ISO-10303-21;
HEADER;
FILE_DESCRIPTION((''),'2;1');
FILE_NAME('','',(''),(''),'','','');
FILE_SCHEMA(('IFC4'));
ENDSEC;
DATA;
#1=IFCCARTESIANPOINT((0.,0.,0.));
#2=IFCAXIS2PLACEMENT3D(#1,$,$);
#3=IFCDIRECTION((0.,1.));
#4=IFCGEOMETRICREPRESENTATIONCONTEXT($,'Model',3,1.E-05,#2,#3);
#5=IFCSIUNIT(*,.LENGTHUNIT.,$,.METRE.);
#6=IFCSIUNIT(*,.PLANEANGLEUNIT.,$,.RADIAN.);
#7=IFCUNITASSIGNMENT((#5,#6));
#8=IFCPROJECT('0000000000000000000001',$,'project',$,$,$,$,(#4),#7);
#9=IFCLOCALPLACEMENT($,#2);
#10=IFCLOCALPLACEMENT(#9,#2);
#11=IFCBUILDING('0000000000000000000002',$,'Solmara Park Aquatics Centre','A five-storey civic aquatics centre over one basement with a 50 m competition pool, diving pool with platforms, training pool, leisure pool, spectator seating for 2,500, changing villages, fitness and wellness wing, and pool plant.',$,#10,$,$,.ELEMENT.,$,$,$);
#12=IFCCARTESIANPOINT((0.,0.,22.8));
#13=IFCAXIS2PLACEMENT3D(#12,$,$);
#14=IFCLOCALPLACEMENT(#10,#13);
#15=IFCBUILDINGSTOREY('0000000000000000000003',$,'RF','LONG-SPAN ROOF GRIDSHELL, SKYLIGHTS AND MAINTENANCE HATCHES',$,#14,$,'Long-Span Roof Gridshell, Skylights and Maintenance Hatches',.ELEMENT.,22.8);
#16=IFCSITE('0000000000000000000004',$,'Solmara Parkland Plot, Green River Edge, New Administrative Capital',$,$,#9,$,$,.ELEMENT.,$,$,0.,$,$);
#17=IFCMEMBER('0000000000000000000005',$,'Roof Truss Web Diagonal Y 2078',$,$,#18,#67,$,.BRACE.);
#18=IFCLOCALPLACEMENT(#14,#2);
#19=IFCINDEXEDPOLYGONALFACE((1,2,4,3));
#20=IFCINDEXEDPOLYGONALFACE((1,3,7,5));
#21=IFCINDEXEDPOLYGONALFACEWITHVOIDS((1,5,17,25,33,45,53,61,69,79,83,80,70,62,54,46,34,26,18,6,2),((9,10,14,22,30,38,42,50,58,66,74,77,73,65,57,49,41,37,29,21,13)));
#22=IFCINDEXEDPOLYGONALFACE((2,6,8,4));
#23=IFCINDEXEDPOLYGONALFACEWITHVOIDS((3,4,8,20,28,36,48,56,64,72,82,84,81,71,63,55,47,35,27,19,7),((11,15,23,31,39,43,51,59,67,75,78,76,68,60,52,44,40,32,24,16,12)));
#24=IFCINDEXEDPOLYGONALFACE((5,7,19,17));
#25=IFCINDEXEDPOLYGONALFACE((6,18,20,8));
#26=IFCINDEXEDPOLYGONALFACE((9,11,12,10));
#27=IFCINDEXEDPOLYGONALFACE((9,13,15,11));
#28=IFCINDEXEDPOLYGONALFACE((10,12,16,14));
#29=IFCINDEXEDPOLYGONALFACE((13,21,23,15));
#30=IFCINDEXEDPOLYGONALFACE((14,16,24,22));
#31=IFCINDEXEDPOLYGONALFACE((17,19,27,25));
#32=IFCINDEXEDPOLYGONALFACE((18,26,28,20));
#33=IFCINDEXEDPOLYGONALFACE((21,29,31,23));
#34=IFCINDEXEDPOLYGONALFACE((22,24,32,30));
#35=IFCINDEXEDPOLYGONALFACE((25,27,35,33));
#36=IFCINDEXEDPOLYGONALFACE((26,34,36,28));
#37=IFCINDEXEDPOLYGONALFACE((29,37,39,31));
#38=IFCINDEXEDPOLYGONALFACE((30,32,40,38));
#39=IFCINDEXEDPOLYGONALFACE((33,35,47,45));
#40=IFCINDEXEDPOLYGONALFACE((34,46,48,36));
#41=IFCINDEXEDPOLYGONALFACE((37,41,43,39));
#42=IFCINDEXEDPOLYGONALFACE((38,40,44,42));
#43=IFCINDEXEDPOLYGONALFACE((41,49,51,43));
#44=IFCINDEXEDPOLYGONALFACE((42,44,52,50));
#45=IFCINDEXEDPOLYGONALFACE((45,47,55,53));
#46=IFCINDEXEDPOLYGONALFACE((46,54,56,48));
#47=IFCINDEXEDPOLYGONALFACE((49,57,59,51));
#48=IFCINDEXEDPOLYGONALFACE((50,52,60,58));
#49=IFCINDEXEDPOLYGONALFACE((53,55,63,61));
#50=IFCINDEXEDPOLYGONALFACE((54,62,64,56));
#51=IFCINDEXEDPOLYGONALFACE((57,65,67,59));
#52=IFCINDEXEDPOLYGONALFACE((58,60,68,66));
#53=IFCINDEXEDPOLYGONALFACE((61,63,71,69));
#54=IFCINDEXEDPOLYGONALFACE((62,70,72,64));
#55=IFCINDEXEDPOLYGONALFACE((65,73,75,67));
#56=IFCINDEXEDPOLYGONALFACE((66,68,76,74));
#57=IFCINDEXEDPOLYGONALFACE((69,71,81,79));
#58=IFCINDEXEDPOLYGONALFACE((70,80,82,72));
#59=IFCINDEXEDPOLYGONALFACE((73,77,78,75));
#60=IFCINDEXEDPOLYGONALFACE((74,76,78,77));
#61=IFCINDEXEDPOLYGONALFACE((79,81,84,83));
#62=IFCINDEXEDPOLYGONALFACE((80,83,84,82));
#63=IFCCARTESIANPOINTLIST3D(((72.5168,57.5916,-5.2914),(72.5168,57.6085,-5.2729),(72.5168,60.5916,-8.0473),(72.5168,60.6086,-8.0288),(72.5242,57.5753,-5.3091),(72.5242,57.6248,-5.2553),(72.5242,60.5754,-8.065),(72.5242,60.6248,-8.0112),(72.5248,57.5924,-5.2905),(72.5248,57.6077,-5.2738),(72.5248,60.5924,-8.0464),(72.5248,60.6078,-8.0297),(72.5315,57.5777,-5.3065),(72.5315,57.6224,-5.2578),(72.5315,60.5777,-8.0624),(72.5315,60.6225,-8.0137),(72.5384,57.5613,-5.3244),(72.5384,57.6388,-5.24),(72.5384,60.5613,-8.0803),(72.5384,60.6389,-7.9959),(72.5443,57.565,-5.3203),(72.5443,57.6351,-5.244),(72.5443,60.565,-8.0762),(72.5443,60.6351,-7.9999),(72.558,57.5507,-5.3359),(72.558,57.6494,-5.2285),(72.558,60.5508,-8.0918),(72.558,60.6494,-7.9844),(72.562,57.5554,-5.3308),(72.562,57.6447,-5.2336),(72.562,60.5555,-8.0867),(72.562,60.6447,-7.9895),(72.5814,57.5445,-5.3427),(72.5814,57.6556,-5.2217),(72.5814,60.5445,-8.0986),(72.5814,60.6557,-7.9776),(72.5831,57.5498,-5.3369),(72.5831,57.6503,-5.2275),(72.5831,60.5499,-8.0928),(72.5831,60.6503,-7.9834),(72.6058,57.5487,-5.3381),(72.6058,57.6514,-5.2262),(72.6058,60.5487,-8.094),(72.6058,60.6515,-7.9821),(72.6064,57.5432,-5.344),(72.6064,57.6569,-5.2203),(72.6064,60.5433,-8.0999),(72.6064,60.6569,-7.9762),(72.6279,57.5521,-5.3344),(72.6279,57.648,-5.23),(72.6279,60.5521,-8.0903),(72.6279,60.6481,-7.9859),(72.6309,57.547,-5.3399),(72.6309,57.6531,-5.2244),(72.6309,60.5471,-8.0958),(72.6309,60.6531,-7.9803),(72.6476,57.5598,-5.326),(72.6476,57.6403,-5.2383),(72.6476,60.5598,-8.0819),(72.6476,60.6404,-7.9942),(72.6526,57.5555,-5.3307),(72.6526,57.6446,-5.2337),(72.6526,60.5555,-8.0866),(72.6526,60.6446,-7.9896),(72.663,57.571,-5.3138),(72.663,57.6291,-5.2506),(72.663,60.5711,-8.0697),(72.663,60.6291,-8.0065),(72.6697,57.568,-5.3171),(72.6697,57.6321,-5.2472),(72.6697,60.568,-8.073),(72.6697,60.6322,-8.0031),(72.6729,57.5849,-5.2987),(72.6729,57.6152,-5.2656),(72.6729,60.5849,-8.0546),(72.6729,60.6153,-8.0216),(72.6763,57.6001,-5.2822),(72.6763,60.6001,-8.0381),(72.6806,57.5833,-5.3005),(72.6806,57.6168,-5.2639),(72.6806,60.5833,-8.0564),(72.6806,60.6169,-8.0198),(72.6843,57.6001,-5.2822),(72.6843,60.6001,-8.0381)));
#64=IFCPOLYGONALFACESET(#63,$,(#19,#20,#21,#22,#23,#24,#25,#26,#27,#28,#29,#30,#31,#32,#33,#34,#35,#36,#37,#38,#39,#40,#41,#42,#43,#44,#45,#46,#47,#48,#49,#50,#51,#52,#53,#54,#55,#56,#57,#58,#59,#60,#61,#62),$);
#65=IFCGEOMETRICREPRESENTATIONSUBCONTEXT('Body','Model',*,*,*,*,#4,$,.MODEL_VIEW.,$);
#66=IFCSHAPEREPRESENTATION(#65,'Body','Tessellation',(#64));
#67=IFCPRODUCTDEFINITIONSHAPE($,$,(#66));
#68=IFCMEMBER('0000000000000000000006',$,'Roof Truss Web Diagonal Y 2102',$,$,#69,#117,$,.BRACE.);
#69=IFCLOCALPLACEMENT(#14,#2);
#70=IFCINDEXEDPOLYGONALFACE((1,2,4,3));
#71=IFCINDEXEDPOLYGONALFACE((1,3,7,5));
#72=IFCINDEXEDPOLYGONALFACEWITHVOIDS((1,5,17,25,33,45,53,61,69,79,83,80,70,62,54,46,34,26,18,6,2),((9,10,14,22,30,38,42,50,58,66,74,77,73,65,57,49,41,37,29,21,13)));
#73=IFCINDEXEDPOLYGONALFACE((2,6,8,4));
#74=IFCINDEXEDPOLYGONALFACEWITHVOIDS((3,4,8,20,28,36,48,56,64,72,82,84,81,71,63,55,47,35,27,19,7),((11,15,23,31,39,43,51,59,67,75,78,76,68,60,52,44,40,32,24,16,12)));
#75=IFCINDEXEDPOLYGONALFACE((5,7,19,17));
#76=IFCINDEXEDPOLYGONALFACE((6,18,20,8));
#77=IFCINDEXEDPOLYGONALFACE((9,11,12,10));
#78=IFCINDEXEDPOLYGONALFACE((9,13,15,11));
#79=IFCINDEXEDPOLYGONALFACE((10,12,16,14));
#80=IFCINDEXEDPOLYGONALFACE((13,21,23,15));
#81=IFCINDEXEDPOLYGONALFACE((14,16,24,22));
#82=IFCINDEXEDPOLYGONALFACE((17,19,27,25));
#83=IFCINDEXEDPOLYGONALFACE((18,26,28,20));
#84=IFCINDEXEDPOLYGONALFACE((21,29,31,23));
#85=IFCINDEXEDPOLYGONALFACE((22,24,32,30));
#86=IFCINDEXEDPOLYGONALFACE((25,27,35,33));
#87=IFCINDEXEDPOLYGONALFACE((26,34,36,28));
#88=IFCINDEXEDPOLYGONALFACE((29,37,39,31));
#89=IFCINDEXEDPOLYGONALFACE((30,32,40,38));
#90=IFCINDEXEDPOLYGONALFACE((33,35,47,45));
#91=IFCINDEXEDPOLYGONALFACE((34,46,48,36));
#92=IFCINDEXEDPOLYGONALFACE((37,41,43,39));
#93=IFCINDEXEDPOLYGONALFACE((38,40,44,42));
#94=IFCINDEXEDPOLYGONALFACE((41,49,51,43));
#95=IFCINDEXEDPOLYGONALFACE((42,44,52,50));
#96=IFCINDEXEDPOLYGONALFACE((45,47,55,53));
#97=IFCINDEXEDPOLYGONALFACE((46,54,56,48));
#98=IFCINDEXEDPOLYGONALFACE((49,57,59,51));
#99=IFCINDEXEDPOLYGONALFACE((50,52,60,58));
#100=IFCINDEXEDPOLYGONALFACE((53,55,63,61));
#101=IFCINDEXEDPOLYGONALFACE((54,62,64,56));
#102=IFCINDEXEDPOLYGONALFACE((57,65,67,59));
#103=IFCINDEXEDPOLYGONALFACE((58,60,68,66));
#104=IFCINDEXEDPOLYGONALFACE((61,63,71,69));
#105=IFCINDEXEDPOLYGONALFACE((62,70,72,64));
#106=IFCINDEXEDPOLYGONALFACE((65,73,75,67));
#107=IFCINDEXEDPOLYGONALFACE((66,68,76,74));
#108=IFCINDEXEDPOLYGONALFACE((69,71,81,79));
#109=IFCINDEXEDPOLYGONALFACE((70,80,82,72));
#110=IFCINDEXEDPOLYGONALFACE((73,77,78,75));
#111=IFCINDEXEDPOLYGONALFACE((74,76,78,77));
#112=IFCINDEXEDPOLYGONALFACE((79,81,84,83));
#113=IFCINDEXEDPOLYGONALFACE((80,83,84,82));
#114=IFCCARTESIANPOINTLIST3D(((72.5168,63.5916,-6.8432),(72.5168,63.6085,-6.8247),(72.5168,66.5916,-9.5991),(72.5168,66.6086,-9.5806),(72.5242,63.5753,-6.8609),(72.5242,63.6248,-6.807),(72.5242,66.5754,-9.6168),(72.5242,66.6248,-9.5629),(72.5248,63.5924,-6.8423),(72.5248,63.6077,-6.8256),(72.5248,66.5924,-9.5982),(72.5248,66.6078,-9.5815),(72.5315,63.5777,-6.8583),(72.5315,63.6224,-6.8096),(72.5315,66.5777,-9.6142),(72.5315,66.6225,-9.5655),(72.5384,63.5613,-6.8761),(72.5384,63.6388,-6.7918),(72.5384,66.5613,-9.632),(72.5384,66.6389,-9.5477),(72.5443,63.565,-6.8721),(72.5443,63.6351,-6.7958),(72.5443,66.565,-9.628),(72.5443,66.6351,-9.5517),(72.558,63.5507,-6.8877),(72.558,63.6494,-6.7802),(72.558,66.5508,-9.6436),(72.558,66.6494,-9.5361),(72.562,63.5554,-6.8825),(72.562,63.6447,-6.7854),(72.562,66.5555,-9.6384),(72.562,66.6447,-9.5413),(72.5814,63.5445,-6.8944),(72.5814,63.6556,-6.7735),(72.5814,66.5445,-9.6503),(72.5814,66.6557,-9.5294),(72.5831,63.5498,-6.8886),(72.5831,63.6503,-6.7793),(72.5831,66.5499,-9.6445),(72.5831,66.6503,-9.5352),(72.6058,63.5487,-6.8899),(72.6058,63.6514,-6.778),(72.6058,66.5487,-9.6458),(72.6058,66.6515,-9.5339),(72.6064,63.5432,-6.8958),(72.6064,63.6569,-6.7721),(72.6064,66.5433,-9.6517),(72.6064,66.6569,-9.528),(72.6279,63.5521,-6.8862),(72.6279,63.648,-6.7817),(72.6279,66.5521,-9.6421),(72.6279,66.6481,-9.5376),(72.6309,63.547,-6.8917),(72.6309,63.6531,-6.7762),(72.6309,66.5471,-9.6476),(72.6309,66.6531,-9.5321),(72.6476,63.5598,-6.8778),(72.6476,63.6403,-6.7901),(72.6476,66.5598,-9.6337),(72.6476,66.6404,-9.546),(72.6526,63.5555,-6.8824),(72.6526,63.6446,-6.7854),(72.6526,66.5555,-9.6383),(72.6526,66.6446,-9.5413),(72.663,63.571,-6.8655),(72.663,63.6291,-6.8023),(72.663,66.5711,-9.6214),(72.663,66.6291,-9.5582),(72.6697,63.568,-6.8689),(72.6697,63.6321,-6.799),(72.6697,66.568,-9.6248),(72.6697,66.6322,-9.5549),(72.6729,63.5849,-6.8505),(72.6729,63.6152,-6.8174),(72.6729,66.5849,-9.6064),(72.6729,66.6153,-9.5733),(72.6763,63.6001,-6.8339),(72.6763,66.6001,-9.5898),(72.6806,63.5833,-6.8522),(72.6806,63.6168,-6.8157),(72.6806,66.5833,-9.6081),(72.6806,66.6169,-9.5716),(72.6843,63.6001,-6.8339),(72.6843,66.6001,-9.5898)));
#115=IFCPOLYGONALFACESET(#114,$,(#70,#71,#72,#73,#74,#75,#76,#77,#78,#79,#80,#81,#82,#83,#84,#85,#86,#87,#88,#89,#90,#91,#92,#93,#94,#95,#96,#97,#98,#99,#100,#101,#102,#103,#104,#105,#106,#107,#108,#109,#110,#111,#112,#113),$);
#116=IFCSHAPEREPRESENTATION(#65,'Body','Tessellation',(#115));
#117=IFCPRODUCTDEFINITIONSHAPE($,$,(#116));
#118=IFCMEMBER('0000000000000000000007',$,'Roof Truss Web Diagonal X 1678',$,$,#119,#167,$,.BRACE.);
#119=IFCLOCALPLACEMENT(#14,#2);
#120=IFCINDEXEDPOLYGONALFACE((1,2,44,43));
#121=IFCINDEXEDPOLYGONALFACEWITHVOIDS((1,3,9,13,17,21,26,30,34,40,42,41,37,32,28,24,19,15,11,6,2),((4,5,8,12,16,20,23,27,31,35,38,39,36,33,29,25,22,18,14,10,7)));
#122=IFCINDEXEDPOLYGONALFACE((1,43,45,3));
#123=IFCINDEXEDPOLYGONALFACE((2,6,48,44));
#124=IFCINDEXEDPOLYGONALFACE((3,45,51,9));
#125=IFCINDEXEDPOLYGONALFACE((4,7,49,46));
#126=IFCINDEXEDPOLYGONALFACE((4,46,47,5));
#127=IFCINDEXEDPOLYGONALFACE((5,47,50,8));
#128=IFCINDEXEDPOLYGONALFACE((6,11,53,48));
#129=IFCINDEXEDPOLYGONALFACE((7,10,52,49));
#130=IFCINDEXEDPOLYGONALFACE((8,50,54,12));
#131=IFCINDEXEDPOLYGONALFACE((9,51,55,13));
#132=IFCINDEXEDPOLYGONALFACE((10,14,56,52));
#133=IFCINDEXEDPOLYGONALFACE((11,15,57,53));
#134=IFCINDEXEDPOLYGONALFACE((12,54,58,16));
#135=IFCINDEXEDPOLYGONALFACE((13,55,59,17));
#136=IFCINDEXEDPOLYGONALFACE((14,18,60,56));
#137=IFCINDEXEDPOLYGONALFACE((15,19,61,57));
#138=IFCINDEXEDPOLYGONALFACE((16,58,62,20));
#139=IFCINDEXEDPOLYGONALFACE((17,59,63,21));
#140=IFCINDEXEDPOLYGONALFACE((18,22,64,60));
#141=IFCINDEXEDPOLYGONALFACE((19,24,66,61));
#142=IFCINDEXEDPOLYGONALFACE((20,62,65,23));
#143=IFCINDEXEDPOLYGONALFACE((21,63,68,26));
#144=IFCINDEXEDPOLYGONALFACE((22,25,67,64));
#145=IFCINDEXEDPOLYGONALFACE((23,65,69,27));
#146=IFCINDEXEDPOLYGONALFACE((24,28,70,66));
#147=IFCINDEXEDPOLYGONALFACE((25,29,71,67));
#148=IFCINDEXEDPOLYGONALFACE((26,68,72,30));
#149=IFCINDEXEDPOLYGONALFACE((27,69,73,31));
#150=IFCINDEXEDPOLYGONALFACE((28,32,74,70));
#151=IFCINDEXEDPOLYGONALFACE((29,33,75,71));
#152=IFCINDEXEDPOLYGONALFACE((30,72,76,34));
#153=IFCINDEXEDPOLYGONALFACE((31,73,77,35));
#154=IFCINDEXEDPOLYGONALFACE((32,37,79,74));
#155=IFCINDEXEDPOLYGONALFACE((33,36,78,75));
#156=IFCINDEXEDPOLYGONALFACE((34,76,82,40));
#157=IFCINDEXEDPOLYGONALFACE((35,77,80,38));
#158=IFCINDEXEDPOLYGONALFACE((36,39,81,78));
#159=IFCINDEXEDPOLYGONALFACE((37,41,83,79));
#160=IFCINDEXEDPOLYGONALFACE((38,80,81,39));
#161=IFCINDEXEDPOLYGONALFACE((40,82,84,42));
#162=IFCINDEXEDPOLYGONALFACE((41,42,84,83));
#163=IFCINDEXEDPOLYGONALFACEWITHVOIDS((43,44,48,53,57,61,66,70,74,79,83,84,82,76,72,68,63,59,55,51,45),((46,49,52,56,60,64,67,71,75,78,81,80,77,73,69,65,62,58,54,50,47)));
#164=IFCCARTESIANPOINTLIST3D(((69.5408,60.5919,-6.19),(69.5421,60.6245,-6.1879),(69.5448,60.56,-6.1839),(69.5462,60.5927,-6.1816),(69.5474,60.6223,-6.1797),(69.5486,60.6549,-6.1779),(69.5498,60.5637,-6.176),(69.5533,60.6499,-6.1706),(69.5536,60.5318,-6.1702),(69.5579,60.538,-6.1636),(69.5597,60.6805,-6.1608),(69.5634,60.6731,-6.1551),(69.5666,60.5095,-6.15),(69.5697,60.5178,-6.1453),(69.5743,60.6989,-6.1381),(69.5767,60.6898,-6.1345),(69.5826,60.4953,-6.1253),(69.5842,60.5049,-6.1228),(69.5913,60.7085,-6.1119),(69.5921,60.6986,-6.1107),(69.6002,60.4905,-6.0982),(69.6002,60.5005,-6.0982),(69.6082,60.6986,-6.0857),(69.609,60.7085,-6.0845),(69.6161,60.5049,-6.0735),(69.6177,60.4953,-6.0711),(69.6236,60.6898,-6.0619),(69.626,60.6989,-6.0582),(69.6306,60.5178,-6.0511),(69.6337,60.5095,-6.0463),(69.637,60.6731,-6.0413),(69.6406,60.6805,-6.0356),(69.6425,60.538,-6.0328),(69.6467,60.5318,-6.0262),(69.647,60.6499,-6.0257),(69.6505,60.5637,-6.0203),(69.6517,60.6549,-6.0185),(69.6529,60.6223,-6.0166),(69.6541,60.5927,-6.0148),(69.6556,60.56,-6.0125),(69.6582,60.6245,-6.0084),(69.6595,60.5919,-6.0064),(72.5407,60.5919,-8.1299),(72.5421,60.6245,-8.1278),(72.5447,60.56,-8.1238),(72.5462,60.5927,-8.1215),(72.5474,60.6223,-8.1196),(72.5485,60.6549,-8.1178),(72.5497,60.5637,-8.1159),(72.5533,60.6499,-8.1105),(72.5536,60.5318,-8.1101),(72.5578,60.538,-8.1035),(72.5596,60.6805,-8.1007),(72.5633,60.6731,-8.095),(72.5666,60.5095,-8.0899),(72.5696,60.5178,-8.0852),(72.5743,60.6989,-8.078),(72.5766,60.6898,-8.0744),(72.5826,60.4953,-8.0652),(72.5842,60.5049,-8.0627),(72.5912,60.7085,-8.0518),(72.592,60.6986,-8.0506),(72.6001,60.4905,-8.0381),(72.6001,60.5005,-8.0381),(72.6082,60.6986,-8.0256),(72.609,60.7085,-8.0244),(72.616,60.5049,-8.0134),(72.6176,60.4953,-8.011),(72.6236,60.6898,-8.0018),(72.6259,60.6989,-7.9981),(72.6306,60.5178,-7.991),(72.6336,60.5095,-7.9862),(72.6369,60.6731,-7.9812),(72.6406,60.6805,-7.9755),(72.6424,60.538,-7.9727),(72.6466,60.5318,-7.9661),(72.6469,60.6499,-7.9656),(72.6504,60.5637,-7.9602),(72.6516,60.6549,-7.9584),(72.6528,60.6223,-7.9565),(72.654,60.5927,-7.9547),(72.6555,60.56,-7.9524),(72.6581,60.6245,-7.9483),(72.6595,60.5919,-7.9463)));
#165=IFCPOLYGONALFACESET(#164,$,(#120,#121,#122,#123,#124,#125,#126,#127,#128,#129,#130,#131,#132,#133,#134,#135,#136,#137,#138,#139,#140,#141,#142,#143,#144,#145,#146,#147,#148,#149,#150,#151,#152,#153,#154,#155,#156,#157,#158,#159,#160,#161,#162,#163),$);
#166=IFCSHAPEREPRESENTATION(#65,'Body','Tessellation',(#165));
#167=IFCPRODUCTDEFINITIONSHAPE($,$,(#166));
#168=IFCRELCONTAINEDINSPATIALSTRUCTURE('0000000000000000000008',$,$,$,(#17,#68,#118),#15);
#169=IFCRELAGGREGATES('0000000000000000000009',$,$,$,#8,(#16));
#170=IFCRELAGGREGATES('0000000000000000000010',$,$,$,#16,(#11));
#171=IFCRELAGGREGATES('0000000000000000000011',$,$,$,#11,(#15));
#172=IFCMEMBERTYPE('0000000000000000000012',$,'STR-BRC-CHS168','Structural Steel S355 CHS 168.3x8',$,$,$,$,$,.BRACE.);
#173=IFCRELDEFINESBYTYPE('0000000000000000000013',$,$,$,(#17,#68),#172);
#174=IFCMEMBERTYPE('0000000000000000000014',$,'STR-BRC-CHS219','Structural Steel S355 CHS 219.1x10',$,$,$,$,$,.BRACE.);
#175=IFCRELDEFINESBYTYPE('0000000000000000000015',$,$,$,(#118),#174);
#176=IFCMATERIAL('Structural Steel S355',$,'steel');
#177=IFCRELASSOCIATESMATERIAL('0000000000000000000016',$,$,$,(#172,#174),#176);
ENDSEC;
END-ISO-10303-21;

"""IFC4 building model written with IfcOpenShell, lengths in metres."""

from ifc_helpers import new_model, si_unit, direction, frame, origin, origin_2d, place, context, subcontext, project, spatial, hollow_circle, extrude, material, material_profile, profile_set, type_object, element, save


model = new_model("IFC4")

# Units and contexts
model_context = context("Model", 3, precision=1e-05, world=origin(), true_north=direction((0.0, 1.0)))
body_context = subcontext(model_context, "Body", "Model", "MODEL_VIEW")
ifc_project = project(units=[si_unit("LENGTHUNIT", "METRE"), si_unit("PLANEANGLEUNIT", "RADIAN")], contexts=[model_context])

# Site, building, storey
site_placement = place(None, origin())
site = spatial("IfcSite", under=ifc_project, at=site_placement, Name="Solmara Parkland Plot, Green River Edge, New Administrative Capital", CompositionType="ELEMENT", RefElevation=0.0)
building_placement = place(site_placement, origin())
building = spatial("IfcBuilding", under=site, at=building_placement, Name="Solmara Park Aquatics Centre", Description="A five-storey civic aquatics centre over one basement with a 50 m competition pool, diving pool with platforms, training pool, leisure pool, spectator seating for 2,500, changing villages, fitness and wellness wing, and pool plant.", CompositionType="ELEMENT")
storey_placement = place(building_placement, frame((0.0, 0.0, 22.8)))
storey = spatial("IfcBuildingStorey", under=building, at=storey_placement, Name="RF", Description="LONG-SPAN ROOF GRIDSHELL, SKYLIGHTS AND MAINTENANCE HATCHES", LongName="Long-Span Roof Gridshell, Skylights and Maintenance Hatches", CompositionType="ELEMENT", Elevation=22.8)

# Members
ifc_material_1 = material(Name="Structural Steel S355", Category="steel")
ifc_material_profile_1 = material_profile(ifc_material_1, hollow_circle(Radius=0.0842, WallThickness=0.0081, at=origin_2d()), Name="CHS 168.3x8")
ifc_profile_set_1 = profile_set([ifc_material_profile_1], Name="Structural Steel S355")
member_type_1 = type_object("IfcMemberType", Name="STR-BRC-CHS168", Description="Structural Steel S355 CHS 168.3x8", PredefinedType="BRACE", material=ifc_profile_set_1)
for number, where, z_axis, x_axis, name in (
    (1, (72.6001, 60.6001, -8.0381), (0.0, -0.736437, 0.676506), (1.0, 0.0, 0.0), "Roof Truss Web Diagonal Y 2078"),
    (2, (72.6001, 66.6001, -9.5898), (0.0, -0.736437, 0.676506), (1.0, 0.0, 0.0), "Roof Truss Web Diagonal Y 2102"),
):
    element("IfcMember", number, at=place(storey_placement, frame(where, z_axis=z_axis, x_axis=x_axis)), inside=storey, type_object=member_type_1, Name=name, PredefinedType="BRACE", context=body_context, shape_type="SweptSolid", body=[
        extrude(hollow_circle(Radius=0.0842, WallThickness=0.0081, at=origin_2d()), origin(), (0.0, 0.0, 1.0), 4.0737),
    ])
ifc_material_profile_2 = material_profile(ifc_material_1, hollow_circle(Radius=0.1096, WallThickness=0.01, at=origin_2d()), Name="CHS 219.1x10")
ifc_profile_set_2 = profile_set([ifc_material_profile_2], Name="Structural Steel S355")
member_type_2 = type_object("IfcMemberType", Name="STR-BRC-CHS219", Description="Structural Steel S355 CHS 219.1x10", PredefinedType="BRACE", material=ifc_profile_set_2)
for number, where, z_axis, x_axis, name in (
    (3, (72.6001, 60.6001, -8.0381), (-0.839728, 0.0, 0.543008), (0.0, -1.0, 0.0), "Roof Truss Web Diagonal X 1678"),
):
    element("IfcMember", number, at=place(storey_placement, frame(where, z_axis=z_axis, x_axis=x_axis)), inside=storey, type_object=member_type_2, Name=name, PredefinedType="BRACE", context=body_context, shape_type="SweptSolid", body=[
        extrude(hollow_circle(Radius=0.1096, WallThickness=0.01, at=origin_2d()), origin(), (0.0, 0.0, 1.0), 3.5725),
    ])

save(model, "model.ifc")
